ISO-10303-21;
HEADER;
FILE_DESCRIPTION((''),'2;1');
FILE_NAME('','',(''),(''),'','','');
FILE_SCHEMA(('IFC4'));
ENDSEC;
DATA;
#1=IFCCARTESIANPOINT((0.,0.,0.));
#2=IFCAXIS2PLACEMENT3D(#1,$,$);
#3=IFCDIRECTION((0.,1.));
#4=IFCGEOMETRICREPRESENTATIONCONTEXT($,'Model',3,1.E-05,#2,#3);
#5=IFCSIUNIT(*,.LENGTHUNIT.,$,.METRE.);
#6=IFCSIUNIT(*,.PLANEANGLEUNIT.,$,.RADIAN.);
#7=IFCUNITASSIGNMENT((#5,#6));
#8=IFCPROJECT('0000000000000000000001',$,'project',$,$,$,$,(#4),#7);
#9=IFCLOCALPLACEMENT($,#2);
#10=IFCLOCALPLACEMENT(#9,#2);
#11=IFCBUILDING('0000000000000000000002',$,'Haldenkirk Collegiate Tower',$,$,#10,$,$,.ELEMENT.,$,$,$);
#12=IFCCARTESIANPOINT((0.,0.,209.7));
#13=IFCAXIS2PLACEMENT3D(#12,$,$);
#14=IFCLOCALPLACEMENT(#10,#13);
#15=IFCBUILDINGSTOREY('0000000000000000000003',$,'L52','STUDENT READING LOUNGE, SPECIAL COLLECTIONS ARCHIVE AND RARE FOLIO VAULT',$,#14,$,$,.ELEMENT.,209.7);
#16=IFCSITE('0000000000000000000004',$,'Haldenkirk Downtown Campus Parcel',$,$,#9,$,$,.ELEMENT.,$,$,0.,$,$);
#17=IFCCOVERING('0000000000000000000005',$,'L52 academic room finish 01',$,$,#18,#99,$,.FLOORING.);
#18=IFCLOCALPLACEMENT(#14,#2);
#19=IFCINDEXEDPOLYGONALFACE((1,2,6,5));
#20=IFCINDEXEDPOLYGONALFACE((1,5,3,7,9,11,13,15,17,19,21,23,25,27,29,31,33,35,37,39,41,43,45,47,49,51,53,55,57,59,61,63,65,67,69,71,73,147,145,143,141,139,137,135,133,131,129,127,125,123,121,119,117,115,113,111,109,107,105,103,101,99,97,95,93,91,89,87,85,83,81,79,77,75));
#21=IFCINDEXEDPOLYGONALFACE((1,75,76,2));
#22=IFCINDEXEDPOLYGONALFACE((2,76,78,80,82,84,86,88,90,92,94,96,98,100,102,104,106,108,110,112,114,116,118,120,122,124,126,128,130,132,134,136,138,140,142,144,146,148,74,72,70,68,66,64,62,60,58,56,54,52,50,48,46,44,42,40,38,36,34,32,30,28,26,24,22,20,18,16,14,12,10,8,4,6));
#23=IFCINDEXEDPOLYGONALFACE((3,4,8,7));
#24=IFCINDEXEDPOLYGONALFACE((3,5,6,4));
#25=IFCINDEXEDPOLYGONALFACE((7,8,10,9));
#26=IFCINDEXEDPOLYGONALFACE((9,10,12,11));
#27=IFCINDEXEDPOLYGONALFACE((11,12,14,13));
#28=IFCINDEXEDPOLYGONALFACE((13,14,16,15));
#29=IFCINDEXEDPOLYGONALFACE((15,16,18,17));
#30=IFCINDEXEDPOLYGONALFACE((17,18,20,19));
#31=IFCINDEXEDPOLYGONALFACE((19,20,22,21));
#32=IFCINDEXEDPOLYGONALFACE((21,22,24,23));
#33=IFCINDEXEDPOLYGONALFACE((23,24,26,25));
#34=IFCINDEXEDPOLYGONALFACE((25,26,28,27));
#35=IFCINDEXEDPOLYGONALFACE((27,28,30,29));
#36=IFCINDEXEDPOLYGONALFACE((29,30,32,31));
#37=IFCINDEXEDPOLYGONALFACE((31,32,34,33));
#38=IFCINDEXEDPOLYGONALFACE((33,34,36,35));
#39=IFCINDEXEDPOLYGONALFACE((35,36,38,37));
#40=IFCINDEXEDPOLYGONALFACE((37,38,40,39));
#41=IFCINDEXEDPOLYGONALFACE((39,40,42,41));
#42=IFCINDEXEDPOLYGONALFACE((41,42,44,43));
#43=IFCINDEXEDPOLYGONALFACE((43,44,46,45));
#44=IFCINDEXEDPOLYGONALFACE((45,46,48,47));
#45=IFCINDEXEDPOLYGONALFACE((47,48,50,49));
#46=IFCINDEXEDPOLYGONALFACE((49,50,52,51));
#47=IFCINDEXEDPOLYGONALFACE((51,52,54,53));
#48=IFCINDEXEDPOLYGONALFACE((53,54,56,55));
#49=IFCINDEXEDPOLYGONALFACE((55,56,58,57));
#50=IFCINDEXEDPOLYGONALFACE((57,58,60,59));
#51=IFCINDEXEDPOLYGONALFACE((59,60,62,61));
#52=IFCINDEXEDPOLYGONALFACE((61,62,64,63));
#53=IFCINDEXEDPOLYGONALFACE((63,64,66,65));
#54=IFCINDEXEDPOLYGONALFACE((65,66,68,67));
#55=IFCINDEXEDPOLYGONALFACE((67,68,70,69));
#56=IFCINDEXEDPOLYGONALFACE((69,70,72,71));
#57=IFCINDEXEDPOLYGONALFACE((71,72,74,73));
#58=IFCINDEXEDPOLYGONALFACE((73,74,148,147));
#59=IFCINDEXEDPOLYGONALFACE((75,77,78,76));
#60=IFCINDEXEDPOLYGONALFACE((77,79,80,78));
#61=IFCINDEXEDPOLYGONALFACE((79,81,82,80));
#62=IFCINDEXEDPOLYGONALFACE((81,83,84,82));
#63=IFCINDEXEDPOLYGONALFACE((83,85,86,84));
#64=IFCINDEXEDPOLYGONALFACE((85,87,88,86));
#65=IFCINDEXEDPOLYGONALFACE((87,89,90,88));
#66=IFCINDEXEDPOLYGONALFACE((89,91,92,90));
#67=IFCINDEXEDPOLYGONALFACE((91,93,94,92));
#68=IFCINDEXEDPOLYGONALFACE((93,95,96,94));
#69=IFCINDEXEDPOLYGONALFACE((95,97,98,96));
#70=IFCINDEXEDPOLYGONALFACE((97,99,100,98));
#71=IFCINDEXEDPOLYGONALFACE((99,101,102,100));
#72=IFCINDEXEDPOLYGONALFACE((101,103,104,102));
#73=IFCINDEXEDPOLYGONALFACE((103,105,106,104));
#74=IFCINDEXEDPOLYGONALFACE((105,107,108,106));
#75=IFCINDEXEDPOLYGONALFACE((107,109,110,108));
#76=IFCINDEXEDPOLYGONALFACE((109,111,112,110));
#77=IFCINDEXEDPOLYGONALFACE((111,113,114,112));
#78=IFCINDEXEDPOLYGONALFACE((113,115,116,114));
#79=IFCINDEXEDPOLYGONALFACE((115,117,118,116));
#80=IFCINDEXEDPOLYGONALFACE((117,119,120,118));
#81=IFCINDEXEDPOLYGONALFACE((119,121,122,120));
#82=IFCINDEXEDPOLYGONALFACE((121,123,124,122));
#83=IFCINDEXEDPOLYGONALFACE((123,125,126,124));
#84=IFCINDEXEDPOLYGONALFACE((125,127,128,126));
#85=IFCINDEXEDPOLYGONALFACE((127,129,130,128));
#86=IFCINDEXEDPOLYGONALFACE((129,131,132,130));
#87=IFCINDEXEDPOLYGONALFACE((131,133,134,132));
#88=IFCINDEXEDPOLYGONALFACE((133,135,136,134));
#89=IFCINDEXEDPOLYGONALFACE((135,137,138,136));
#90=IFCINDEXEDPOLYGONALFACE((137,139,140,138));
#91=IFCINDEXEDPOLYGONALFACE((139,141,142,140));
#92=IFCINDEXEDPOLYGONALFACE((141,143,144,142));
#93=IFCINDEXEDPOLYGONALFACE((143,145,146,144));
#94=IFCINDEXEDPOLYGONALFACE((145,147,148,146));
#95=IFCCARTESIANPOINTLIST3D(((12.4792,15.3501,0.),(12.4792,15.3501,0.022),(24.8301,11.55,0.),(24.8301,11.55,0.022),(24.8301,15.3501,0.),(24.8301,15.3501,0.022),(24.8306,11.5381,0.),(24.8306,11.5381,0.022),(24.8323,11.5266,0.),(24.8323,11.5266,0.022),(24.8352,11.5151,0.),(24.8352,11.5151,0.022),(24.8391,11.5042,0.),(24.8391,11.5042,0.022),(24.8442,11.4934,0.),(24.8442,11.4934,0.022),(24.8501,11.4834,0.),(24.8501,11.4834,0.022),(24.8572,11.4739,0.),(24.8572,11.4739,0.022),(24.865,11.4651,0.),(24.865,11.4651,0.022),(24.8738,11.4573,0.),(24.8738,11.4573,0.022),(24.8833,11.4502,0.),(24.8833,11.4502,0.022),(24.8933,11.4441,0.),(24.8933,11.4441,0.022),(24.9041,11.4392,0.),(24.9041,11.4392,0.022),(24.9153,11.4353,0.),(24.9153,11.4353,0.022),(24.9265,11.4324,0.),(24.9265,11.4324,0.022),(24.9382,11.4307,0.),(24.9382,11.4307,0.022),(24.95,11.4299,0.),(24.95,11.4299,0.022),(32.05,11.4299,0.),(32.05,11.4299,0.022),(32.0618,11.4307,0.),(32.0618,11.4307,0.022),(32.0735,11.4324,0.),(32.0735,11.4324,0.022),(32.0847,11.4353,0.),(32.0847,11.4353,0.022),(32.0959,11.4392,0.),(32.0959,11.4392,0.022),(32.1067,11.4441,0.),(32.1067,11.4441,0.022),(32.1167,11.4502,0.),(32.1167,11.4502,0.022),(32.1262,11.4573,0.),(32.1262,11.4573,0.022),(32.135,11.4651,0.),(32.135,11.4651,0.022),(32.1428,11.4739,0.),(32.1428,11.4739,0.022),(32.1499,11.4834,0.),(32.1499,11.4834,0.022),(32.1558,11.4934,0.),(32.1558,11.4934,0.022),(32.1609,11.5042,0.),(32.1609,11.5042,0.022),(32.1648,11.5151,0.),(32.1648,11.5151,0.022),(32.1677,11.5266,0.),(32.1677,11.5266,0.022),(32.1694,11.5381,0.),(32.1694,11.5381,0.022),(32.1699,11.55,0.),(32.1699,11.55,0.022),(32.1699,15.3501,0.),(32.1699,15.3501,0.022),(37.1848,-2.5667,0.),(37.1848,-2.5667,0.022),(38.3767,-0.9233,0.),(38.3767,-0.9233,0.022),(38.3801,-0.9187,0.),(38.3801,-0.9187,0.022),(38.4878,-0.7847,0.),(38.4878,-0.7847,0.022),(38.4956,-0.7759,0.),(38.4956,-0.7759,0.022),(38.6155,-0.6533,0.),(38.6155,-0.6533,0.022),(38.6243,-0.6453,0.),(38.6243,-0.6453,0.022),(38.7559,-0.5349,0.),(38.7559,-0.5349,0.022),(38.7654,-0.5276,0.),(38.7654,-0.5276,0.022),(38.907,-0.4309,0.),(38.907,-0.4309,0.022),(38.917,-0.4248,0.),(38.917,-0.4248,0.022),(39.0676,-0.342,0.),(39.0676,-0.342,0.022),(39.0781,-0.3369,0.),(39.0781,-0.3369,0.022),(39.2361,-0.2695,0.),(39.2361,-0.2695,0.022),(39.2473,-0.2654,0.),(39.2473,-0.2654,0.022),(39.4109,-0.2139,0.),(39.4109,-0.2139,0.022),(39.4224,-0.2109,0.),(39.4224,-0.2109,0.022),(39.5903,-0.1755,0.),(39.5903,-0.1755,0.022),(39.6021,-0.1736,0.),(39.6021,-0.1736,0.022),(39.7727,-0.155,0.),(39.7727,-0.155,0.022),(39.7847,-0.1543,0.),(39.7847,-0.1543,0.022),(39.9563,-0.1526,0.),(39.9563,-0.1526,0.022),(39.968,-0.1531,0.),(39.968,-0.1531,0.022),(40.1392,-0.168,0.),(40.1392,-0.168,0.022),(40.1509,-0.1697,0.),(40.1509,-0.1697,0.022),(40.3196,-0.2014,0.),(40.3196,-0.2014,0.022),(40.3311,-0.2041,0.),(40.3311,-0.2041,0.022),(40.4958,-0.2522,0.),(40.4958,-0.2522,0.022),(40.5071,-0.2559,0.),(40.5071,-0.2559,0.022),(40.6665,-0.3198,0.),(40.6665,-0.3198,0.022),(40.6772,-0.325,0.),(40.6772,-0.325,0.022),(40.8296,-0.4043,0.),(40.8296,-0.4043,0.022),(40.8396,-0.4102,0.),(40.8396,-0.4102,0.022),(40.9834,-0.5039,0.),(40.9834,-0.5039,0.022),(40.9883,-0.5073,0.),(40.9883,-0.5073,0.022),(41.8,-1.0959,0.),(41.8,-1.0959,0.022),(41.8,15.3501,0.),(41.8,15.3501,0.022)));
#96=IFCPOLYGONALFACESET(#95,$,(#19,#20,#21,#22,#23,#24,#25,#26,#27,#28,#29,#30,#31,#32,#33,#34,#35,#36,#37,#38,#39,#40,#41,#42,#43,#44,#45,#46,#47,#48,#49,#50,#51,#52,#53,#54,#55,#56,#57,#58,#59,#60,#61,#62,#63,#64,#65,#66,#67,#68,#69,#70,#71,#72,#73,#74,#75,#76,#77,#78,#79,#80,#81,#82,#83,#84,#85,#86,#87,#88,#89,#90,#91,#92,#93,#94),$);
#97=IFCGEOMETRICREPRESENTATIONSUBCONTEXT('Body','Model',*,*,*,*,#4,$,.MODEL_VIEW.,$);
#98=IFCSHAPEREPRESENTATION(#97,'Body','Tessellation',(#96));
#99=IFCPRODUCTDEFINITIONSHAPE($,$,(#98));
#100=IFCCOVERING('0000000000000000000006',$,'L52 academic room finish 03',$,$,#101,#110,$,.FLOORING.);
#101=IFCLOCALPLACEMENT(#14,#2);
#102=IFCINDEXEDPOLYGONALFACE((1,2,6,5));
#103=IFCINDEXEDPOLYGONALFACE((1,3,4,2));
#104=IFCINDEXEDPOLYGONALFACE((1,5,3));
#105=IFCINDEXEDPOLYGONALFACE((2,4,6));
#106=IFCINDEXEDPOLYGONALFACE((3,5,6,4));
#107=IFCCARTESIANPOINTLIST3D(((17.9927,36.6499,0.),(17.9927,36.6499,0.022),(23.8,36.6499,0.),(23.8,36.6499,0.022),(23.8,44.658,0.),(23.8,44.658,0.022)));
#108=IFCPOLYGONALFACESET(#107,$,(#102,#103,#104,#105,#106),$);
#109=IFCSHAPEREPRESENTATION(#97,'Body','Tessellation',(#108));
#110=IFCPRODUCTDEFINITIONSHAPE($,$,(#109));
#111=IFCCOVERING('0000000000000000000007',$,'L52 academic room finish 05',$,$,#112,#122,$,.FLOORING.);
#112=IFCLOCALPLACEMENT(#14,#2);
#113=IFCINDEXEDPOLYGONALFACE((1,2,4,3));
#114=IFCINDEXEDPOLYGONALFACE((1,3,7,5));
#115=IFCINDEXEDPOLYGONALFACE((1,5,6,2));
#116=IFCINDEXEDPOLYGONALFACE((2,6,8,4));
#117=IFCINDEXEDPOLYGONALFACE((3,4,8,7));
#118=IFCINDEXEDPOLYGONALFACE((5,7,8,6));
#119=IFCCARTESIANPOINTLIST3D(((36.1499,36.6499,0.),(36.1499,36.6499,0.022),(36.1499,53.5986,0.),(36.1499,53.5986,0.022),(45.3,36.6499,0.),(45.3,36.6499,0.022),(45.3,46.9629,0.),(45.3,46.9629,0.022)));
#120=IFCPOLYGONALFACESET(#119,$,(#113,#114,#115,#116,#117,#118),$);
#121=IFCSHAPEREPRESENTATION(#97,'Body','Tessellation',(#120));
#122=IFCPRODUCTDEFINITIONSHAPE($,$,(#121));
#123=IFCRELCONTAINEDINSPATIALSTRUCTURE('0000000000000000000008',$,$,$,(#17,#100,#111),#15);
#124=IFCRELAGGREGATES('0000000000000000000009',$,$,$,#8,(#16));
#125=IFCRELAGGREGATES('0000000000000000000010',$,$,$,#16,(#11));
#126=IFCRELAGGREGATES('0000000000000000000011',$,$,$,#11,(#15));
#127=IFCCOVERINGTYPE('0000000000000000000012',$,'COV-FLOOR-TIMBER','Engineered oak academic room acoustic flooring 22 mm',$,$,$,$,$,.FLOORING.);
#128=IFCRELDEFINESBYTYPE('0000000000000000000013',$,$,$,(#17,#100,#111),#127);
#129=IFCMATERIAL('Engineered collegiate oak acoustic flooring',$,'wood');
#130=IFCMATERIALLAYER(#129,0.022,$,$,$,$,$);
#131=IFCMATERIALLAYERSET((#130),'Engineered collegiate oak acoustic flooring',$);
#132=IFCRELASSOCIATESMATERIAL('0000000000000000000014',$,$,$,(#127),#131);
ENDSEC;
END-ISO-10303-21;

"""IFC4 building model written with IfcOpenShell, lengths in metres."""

from ifc_helpers import new_model, si_unit, direction, frame, origin, place, context, subcontext, project, spatial, polyline, outline, extrude, material, layer, layer_set, type_object, element, save


model = new_model("IFC4")

# Units and contexts
model_context = context("Model", 3, precision=1e-05, world=origin(), true_north=direction((0.0, 1.0)))
body_context = subcontext(model_context, "Body", "Model", "MODEL_VIEW")
ifc_project = project(units=[si_unit("LENGTHUNIT", "METRE"), si_unit("PLANEANGLEUNIT", "RADIAN")], contexts=[model_context])

# Site, building, storey
site_placement = place(None, origin())
site = spatial("IfcSite", under=ifc_project, at=site_placement, Name="Haldenkirk Downtown Campus Parcel", CompositionType="ELEMENT", RefElevation=0.0)
building_placement = place(site_placement, origin())
building = spatial("IfcBuilding", under=site, at=building_placement, Name="Haldenkirk Collegiate Tower", CompositionType="ELEMENT")
storey_placement = place(building_placement, frame((0.0, 0.0, 209.7)))
storey = spatial("IfcBuildingStorey", under=building, at=storey_placement, Name="L52", Description="STUDENT READING LOUNGE, SPECIAL COLLECTIONS ARCHIVE AND RARE FOLIO VAULT", CompositionType="ELEMENT", Elevation=209.7)

# Coverings
ifc_material_1 = material(Name="Engineered collegiate oak acoustic flooring", Category="wood")
ifc_layer_1 = layer(ifc_material_1, 0.022)
ifc_layer_set_1 = layer_set([ifc_layer_1], Name="Engineered collegiate oak acoustic flooring")
covering_type_1 = type_object("IfcCoveringType", Name="COV-FLOOR-TIMBER", Description="Engineered oak academic room acoustic flooring 22 mm", PredefinedType="FLOORING", material=ifc_layer_set_1)
covering_1_placement = place(storey_placement, origin())
element("IfcCovering", 1, at=covering_1_placement, inside=storey, type_object=covering_type_1, Name="L52 academic room finish 01", PredefinedType="FLOORING", context=body_context, shape_type="SweptSolid", body=[
    extrude(outline(polyline([(40.3311, -0.2041), (40.3196, -0.2014), (40.1509, -0.1697), (40.1392, -0.168), (39.968, -0.1531), (39.9563, -0.1526), (39.7847, -0.1543), (39.7727, -0.155), (39.6021, -0.1736), (39.5903, -0.1755), (39.4224, -0.2109), (39.4109, -0.2139), (39.2473, -0.2654), (39.2361, -0.2695), (39.0781, -0.3369), (39.0676, -0.342), (38.917, -0.4248), (38.907, -0.4309), (38.7654, -0.5276), (38.7559, -0.5349), (38.6243, -0.6453), (38.6155, -0.6533), (38.4956, -0.7759), (38.4878, -0.7847), (38.3801, -0.9187), (38.3767, -0.9233), (37.1848, -2.5667), (12.4792, 15.3501), (24.8301, 15.3501), (24.8301, 11.55), (24.8306, 11.5381), (24.8323, 11.5266), (24.8352, 11.5151), (24.8391, 11.5042), (24.8442, 11.4934), (24.8501, 11.4834), (24.8572, 11.4739), (24.865, 11.4651), (24.8738, 11.4573), (24.8833, 11.4502), (24.8933, 11.4441), (24.9041, 11.4392), (24.9153, 11.4353), (24.9265, 11.4324), (24.9382, 11.4307), (24.95, 11.4299), (32.05, 11.4299), (32.0618, 11.4307), (32.0735, 11.4324), (32.0847, 11.4353), (32.0959, 11.4392), (32.1067, 11.4441), (32.1167, 11.4502), (32.1262, 11.4573), (32.135, 11.4651), (32.1428, 11.4739), (32.1499, 11.4834), (32.1558, 11.4934), (32.1609, 11.5042), (32.1648, 11.5151), (32.1677, 11.5266), (32.1694, 11.5381), (32.1699, 11.55), (32.1699, 15.3501), (41.8, 15.3501), (41.8, -1.0959), (40.9883, -0.5073), (40.9834, -0.5039), (40.8396, -0.4102), (40.8296, -0.4043), (40.6772, -0.325), (40.6665, -0.3198), (40.5071, -0.2559), (40.4958, -0.2522), (40.3311, -0.2041)])), origin(), (0.0, 0.0, 1.0), 0.022),
])
covering_2_placement = place(storey_placement, origin())
element("IfcCovering", 2, at=covering_2_placement, inside=storey, type_object=covering_type_1, Name="L52 academic room finish 03", PredefinedType="FLOORING", context=body_context, shape_type="SweptSolid", body=[
    extrude(outline(polyline([(23.8, 44.658), (23.8, 36.6499), (17.9927, 36.6499), (23.8, 44.658)])), origin(), (0.0, 0.0, 1.0), 0.022),
])
covering_3_placement = place(storey_placement, origin())
element("IfcCovering", 3, at=covering_3_placement, inside=storey, type_object=covering_type_1, Name="L52 academic room finish 05", PredefinedType="FLOORING", context=body_context, shape_type="SweptSolid", body=[
    extrude(outline(polyline([(45.3, 46.9629), (45.3, 36.6499), (36.1499, 36.6499), (36.1499, 53.5986), (45.3, 46.9629)])), origin(), (0.0, 0.0, 1.0), 0.022),
])

save(model, "model.ifc")
